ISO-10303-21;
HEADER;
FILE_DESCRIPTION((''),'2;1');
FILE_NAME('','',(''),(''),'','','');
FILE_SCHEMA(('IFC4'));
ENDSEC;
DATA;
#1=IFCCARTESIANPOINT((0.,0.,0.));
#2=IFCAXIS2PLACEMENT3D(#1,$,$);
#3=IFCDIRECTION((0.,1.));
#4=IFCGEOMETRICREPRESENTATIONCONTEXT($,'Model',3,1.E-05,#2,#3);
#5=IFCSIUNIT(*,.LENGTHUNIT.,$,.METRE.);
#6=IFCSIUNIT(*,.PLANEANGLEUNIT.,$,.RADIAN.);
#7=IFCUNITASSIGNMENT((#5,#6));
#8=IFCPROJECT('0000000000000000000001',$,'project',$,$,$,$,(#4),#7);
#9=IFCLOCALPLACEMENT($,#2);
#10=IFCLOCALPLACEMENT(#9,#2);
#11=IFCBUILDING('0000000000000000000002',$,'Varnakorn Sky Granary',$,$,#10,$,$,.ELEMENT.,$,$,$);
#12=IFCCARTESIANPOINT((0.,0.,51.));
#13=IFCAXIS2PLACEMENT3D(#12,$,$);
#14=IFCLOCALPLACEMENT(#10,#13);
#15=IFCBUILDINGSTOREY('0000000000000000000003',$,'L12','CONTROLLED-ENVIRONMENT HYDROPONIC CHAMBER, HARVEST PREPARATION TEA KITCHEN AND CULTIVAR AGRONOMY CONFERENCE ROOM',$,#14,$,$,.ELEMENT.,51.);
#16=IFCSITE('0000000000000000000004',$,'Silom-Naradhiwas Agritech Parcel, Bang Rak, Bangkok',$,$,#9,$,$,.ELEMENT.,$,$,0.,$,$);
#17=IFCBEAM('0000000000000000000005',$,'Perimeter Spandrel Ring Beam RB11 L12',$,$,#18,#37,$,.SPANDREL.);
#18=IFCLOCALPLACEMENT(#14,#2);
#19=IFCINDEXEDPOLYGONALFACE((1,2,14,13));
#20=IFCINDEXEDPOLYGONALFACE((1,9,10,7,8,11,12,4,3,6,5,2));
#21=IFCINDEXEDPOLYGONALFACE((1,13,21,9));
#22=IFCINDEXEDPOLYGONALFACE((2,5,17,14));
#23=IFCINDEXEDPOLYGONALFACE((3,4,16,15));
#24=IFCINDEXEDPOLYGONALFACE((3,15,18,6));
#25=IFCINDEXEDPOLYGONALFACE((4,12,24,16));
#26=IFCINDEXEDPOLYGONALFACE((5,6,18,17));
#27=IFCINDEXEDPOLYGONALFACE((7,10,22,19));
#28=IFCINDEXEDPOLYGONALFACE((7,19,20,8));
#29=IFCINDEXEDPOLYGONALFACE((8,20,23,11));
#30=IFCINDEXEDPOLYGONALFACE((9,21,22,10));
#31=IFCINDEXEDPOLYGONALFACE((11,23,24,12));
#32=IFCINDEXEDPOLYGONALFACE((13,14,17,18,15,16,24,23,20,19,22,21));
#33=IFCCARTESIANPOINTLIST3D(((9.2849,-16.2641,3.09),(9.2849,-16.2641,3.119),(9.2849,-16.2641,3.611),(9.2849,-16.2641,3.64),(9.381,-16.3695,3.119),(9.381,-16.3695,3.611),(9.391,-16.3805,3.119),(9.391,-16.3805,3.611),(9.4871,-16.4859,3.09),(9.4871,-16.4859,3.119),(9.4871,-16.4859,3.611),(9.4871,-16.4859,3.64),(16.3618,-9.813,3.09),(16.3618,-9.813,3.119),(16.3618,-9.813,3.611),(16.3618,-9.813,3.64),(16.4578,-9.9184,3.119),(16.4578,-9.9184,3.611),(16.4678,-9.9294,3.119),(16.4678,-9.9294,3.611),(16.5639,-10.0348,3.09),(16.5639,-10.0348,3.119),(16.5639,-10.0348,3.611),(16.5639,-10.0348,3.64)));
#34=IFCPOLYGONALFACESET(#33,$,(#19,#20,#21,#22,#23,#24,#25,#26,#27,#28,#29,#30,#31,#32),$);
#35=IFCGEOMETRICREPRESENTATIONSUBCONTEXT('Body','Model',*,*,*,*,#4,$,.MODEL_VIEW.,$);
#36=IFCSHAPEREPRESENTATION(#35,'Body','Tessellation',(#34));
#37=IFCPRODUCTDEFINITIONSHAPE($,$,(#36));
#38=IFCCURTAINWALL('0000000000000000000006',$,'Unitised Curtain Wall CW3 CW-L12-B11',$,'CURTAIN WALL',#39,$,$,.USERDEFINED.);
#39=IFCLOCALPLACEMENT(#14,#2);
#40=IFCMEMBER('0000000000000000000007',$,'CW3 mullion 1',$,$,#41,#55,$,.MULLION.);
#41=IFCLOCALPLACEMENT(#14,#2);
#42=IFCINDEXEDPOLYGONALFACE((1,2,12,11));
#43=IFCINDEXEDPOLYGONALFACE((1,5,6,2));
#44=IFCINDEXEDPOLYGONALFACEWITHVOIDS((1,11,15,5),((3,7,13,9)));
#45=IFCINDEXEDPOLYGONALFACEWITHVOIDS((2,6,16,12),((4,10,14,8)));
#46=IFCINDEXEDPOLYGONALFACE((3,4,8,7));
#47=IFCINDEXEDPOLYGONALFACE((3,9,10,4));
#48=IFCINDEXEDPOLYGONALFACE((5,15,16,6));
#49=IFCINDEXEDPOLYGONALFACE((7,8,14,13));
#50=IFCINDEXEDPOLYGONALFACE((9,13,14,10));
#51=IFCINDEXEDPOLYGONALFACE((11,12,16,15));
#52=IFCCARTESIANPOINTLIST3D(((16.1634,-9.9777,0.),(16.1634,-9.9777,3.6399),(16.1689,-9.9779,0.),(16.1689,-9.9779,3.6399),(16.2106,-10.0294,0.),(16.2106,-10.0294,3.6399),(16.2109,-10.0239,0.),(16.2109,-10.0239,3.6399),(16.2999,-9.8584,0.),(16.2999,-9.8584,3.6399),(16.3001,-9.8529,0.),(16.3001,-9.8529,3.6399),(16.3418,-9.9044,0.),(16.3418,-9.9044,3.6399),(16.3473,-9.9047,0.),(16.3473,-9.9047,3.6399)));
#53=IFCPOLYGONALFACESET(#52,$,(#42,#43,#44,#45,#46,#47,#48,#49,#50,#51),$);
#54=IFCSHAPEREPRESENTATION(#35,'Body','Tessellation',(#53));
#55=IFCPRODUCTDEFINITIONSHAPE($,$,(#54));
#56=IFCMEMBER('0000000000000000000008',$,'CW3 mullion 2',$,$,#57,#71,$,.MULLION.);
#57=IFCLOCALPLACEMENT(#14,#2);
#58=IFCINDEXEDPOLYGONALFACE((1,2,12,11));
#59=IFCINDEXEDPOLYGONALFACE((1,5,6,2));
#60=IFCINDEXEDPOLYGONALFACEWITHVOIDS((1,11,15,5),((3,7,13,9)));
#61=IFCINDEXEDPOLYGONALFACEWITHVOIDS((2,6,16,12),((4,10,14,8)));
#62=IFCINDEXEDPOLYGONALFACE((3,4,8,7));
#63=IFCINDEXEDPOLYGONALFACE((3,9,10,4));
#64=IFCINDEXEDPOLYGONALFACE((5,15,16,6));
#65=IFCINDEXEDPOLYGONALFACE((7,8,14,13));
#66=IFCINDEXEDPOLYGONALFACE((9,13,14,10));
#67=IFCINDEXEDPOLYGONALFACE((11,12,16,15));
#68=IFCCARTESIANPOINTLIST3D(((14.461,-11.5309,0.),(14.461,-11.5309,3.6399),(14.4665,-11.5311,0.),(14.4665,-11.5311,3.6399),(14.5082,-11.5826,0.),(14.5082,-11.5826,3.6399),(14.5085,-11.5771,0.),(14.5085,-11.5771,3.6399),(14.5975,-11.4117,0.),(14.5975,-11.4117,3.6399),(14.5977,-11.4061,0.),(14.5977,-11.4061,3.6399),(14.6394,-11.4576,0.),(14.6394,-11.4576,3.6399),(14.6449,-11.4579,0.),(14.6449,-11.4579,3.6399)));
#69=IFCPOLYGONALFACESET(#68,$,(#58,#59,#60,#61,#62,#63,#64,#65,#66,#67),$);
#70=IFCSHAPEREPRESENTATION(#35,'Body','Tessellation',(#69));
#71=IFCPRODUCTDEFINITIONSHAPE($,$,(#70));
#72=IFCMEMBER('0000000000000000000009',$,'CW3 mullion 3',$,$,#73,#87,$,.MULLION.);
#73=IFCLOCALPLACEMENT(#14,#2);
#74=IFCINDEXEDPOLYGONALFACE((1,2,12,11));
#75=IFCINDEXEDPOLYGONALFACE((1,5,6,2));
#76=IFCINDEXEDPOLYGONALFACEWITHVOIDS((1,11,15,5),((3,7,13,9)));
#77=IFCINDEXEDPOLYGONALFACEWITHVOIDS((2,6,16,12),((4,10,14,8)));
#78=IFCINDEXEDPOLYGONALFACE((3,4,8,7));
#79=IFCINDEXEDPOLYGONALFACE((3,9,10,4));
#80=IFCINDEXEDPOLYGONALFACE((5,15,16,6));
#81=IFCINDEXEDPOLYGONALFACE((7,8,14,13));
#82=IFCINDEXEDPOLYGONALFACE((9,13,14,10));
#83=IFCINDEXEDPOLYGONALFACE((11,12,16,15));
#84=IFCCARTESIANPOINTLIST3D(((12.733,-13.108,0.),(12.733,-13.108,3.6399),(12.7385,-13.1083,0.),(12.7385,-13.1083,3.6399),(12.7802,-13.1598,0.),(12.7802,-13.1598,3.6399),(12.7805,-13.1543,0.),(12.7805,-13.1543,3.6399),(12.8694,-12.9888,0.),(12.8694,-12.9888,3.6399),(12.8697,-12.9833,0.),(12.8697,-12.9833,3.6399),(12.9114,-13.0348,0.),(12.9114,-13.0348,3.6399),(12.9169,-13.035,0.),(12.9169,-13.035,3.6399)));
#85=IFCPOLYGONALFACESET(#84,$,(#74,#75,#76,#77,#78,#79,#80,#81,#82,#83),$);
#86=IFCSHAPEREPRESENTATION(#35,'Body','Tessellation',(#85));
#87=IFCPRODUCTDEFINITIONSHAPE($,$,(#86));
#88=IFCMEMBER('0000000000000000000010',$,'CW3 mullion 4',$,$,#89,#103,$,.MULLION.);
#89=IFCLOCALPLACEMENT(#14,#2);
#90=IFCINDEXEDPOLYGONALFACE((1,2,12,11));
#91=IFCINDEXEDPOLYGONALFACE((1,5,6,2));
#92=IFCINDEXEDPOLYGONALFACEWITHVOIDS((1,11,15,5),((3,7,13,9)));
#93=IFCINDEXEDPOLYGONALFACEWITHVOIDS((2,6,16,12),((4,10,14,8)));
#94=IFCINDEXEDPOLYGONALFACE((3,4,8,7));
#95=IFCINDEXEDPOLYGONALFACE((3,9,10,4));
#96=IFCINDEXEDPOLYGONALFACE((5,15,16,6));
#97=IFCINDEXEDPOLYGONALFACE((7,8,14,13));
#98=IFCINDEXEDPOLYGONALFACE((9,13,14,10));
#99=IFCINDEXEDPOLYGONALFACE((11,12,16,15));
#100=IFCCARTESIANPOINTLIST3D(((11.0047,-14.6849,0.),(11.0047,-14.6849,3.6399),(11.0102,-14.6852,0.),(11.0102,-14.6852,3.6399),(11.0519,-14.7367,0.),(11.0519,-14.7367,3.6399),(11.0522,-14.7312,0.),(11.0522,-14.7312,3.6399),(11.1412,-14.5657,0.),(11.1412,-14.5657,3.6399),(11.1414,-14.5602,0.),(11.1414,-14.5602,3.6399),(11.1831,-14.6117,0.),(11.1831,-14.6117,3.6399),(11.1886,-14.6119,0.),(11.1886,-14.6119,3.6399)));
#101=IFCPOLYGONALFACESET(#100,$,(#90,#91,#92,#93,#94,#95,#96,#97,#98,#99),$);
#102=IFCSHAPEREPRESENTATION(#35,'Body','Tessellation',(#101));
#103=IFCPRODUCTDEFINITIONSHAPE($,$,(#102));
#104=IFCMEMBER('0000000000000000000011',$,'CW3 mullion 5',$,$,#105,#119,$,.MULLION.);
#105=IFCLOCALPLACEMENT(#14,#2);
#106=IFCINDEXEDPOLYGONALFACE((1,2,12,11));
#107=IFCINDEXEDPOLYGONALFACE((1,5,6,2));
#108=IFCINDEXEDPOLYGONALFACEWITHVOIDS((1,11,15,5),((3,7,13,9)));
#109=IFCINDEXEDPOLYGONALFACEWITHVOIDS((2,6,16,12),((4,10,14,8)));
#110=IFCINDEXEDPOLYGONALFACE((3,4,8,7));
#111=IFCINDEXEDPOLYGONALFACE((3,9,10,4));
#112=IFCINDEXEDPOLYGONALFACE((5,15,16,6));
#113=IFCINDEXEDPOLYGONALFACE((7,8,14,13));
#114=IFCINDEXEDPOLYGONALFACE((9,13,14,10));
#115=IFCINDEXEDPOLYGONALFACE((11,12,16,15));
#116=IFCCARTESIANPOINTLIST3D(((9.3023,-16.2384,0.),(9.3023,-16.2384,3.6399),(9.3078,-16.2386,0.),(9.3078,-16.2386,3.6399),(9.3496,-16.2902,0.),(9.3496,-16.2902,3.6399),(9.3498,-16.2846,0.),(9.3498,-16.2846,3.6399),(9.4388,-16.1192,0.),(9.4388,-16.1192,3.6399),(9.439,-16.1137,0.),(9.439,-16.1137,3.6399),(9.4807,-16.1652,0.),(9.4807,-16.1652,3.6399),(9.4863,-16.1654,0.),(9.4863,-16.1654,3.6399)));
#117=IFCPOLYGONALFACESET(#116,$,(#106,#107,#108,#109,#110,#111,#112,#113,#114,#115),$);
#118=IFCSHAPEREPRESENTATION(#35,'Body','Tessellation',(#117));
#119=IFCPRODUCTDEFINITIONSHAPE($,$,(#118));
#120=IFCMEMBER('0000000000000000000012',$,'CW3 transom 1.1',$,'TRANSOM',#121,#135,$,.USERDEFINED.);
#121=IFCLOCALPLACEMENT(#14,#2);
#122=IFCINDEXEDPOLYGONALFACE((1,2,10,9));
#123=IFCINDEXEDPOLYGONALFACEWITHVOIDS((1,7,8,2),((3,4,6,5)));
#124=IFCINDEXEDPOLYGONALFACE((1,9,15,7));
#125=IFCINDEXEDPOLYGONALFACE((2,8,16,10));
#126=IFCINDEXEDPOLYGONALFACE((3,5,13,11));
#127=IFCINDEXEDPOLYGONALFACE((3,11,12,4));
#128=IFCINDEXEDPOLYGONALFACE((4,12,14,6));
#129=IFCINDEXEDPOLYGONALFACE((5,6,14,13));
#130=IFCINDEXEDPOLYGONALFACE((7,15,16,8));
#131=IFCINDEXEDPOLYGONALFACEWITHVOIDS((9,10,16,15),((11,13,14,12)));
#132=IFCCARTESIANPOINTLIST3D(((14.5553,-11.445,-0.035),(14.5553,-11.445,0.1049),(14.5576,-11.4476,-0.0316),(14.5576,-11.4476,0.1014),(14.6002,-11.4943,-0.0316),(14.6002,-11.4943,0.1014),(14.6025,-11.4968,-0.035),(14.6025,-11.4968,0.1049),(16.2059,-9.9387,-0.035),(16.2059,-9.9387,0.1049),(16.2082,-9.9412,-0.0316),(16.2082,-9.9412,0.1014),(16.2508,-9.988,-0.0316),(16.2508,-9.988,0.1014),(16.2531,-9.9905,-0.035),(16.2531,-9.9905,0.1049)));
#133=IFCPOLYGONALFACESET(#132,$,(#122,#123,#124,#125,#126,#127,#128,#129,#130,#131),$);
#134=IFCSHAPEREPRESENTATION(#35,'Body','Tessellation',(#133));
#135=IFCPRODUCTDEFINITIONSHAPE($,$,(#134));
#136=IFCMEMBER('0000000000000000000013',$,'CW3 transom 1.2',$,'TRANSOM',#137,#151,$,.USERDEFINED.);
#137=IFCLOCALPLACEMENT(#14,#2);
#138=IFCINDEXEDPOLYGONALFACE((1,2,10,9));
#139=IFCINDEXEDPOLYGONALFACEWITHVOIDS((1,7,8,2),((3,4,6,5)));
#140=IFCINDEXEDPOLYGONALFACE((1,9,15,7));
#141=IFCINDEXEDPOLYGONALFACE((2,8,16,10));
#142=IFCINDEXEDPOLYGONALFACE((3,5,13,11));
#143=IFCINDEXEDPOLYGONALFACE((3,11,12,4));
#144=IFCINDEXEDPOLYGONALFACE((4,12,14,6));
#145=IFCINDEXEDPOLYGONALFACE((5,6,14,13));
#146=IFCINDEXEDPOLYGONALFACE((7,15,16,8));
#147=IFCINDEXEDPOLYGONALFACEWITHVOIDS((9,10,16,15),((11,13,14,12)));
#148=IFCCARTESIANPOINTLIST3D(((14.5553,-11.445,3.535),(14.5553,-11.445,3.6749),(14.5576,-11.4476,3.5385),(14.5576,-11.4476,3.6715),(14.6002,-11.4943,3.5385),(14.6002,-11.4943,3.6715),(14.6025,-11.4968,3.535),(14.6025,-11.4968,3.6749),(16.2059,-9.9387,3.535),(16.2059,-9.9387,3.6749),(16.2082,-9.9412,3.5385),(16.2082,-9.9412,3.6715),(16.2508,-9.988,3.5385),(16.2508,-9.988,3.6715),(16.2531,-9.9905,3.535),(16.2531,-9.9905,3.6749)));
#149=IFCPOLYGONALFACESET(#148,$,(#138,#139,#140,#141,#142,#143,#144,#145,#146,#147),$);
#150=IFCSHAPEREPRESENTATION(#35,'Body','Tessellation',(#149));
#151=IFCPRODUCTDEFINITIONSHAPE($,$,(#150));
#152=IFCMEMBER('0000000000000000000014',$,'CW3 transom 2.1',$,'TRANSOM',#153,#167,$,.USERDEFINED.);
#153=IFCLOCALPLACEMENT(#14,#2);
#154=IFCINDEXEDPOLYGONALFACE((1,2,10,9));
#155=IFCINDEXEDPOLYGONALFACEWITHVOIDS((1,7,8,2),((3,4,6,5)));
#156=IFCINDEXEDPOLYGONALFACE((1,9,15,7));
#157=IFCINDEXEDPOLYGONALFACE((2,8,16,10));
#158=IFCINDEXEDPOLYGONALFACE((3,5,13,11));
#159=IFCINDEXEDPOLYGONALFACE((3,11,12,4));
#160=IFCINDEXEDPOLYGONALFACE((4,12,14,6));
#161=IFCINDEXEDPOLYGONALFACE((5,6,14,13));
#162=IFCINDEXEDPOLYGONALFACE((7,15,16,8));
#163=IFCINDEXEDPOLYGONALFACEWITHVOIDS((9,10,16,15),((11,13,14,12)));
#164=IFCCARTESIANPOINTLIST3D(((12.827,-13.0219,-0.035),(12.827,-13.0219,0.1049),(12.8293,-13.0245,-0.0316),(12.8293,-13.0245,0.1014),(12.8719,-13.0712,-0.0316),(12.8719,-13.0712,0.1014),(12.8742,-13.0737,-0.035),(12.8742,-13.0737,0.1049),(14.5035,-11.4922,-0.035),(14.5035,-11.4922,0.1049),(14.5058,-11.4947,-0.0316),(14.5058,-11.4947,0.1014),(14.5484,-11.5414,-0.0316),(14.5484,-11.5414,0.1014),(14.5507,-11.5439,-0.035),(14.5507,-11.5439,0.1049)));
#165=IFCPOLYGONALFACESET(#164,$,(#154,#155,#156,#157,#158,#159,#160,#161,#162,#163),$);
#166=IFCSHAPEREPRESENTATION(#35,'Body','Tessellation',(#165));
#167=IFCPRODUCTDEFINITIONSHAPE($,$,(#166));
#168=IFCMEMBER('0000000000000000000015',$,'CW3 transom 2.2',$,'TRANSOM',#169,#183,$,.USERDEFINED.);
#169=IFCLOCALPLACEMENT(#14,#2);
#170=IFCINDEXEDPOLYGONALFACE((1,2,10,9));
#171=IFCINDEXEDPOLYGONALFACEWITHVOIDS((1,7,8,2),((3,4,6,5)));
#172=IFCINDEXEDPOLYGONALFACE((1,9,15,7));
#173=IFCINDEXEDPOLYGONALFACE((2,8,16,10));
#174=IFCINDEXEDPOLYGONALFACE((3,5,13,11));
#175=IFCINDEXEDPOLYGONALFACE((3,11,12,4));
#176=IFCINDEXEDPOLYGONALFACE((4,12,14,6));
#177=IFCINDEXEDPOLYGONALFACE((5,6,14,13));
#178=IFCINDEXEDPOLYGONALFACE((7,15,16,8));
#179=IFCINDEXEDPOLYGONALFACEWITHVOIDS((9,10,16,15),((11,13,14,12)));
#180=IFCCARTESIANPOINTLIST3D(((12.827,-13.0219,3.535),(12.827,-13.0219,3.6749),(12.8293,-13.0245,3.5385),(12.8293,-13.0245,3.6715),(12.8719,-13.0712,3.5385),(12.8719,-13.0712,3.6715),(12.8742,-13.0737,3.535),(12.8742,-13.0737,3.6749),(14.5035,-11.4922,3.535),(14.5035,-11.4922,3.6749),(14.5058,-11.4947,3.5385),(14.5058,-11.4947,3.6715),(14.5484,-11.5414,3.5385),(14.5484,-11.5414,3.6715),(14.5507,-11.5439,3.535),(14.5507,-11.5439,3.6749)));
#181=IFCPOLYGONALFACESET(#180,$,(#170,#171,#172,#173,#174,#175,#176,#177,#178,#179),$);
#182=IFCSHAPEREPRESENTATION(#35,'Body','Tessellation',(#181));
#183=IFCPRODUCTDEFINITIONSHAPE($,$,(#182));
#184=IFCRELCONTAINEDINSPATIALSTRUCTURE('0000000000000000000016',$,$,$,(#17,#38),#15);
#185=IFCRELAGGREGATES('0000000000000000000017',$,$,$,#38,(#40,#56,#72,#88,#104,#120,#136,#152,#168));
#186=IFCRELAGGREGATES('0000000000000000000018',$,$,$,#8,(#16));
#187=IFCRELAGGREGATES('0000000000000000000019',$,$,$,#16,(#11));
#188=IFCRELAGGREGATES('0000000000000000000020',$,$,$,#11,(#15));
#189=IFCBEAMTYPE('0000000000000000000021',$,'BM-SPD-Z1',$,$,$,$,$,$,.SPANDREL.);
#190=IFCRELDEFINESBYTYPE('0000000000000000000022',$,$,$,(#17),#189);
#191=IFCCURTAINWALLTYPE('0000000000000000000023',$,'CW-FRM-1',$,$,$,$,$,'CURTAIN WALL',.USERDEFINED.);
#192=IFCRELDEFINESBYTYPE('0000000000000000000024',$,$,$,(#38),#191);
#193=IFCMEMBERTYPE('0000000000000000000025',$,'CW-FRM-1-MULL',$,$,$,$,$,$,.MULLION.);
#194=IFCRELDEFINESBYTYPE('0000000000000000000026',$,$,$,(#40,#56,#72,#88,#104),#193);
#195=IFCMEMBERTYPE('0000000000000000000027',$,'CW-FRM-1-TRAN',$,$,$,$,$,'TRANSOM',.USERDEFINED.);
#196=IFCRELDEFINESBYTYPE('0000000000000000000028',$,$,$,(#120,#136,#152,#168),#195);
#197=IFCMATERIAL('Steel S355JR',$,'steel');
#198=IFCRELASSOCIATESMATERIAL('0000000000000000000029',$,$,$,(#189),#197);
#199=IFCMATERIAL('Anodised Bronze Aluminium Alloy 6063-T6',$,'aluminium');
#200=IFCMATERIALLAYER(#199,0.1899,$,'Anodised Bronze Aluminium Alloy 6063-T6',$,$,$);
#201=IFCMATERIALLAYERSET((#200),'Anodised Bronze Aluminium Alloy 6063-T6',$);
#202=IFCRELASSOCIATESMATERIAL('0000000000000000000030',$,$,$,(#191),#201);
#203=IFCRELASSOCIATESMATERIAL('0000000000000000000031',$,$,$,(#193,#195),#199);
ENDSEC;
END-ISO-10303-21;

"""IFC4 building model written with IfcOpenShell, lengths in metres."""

from ifc_helpers import new_model, si_unit, direction, frame, origin, origin_2d, place, context, subcontext, project, spatial, hollow_rectangle, i_section, extrude, material, layer, layer_set, material_profile, profile_set, type_object, element, aggregate, save


model = new_model("IFC4")

# Units and contexts
model_context = context("Model", 3, precision=1e-05, world=origin(), true_north=direction((0.0, 1.0)))
body_context = subcontext(model_context, "Body", "Model", "MODEL_VIEW")
ifc_project = project(units=[si_unit("LENGTHUNIT", "METRE"), si_unit("PLANEANGLEUNIT", "RADIAN")], contexts=[model_context])

# Site, building, storey
site_placement = place(None, origin())
site = spatial("IfcSite", under=ifc_project, at=site_placement, Name="Silom-Naradhiwas Agritech Parcel, Bang Rak, Bangkok", CompositionType="ELEMENT", RefElevation=0.0)
building_placement = place(site_placement, origin())
building = spatial("IfcBuilding", under=site, at=building_placement, Name="Varnakorn Sky Granary", CompositionType="ELEMENT")
storey_placement = place(building_placement, frame((0.0, 0.0, 51.0)))
storey = spatial("IfcBuildingStorey", under=building, at=storey_placement, Name="L12", Description="CONTROLLED-ENVIRONMENT HYDROPONIC CHAMBER, HARVEST PREPARATION TEA KITCHEN AND CULTIVAR AGRONOMY CONFERENCE ROOM", CompositionType="ELEMENT", Elevation=51.0)

# Beam
ifc_material_1 = material(Name="Steel S355JR", Category="steel")
ifc_material_profile_1 = material_profile(ifc_material_1, i_section(OverallWidth=0.3, OverallDepth=0.55, WebThickness=0.0149, FlangeThickness=0.0291, at=origin_2d()), Name="HE 550 B")
ifc_profile_set_1 = profile_set([ifc_material_profile_1], Name="Steel S355JR")
beam_type = type_object("IfcBeamType", Name="BM-SPD-Z1", PredefinedType="SPANDREL", material=ifc_profile_set_1)
beam_placement = place(storey_placement, frame((9.386, -16.375, 3.365), z_axis=(0.739023, 0.67368, 0.0), x_axis=(-0.67368, 0.739023, 0.0)))
element("IfcBeam", 1, at=beam_placement, inside=storey, type_object=beam_type, Name="Perimeter Spandrel Ring Beam RB11 L12", PredefinedType="SPANDREL", context=body_context, shape_type="SweptSolid", body=[
    extrude(i_section(OverallWidth=0.3, OverallDepth=0.55, WebThickness=0.0149, FlangeThickness=0.0291, at=origin_2d()), origin(), (0.0, 0.0, 1.0), 9.5759),
])

# Curtain wall, members
ifc_material_2 = material(Name="Anodised Bronze Aluminium Alloy 6063-T6", Category="aluminium")
ifc_layer_1 = layer(ifc_material_2, 0.1899, Name="Anodised Bronze Aluminium Alloy 6063-T6")
ifc_layer_set_1 = layer_set([ifc_layer_1], Name="Anodised Bronze Aluminium Alloy 6063-T6")
curtain_wall_type = type_object("IfcCurtainWallType", Name="CW-FRM-1", ElementType="CURTAIN WALL", PredefinedType="USERDEFINED", material=ifc_layer_set_1)
curtain_wall_placement = place(storey_placement, origin())
curtain_wall = element("IfcCurtainWall", 2, at=curtain_wall_placement, inside=storey, type_object=curtain_wall_type, Name="Unitised Curtain Wall CW3 CW-L12-B11", ObjectType="CURTAIN WALL", PredefinedType="USERDEFINED")
ifc_material_profile_2 = material_profile(ifc_material_2, hollow_rectangle(XDim=0.0701, YDim=0.1851, WallThickness=0.0039, at=origin_2d()), Name="ALU MULL 70x185")
ifc_profile_set_2 = profile_set([ifc_material_profile_2], Name="Anodised Bronze Aluminium Alloy 6063-T6")
member_type_1 = type_object("IfcMemberType", Name="CW-FRM-1-MULL", PredefinedType="MULLION", material=ifc_profile_set_2)
member_1_placement = place(storey_placement, frame((16.2554, -9.9412, 0.0), z_axis=(0.0, 0.0, 1.0), x_axis=(0.674049, -0.738686, 0.0)))
member_1 = element("IfcMember", 3, at=member_1_placement, type_object=member_type_1, Name="CW3 mullion 1", PredefinedType="MULLION", context=body_context, shape_type="SweptSolid", body=[
    extrude(hollow_rectangle(XDim=0.0701, YDim=0.1851, WallThickness=0.0039, at=origin_2d()), origin(), (0.0, 0.0, 1.0), 3.6399),
])
member_2_placement = place(storey_placement, frame((14.553, -11.4944, 0.0), z_axis=(0.0, 0.0, 1.0), x_axis=(0.674049, -0.738686, 0.0)))
member_2 = element("IfcMember", 4, at=member_2_placement, type_object=member_type_1, Name="CW3 mullion 2", PredefinedType="MULLION", context=body_context, shape_type="SweptSolid", body=[
    extrude(hollow_rectangle(XDim=0.0701, YDim=0.1851, WallThickness=0.0039, at=origin_2d()), origin(), (0.0, 0.0, 1.0), 3.6399),
])
member_3_placement = place(storey_placement, frame((12.825, -13.0715, 0.0), z_axis=(0.0, 0.0, 1.0), x_axis=(0.674049, -0.738686, 0.0)))
member_3 = element("IfcMember", 5, at=member_3_placement, type_object=member_type_1, Name="CW3 mullion 3", PredefinedType="MULLION", context=body_context, shape_type="SweptSolid", body=[
    extrude(hollow_rectangle(XDim=0.0701, YDim=0.1851, WallThickness=0.0039, at=origin_2d()), origin(), (0.0, 0.0, 1.0), 3.6399),
])
member_4_placement = place(storey_placement, frame((11.0967, -14.6484, 0.0), z_axis=(0.0, 0.0, 1.0), x_axis=(0.674049, -0.738686, 0.0)))
member_4 = element("IfcMember", 6, at=member_4_placement, type_object=member_type_1, Name="CW3 mullion 4", PredefinedType="MULLION", context=body_context, shape_type="SweptSolid", body=[
    extrude(hollow_rectangle(XDim=0.0701, YDim=0.1851, WallThickness=0.0039, at=origin_2d()), origin(), (0.0, 0.0, 1.0), 3.6399),
])
member_5_placement = place(storey_placement, frame((9.3943, -16.2019, 0.0), z_axis=(0.0, 0.0, 1.0), x_axis=(0.674049, -0.738686, 0.0)))
member_5 = element("IfcMember", 7, at=member_5_placement, type_object=member_type_1, Name="CW3 mullion 5", PredefinedType="MULLION", context=body_context, shape_type="SweptSolid", body=[
    extrude(hollow_rectangle(XDim=0.0701, YDim=0.1851, WallThickness=0.0039, at=origin_2d()), origin(), (0.0, 0.0, 1.0), 3.6399),
])
ifc_material_profile_3 = material_profile(ifc_material_2, hollow_rectangle(XDim=0.0701, YDim=0.1399, WallThickness=0.0034, at=origin_2d()), Name="ALU TRAN 70x140")
ifc_profile_set_3 = profile_set([ifc_material_profile_3], Name="Anodised Bronze Aluminium Alloy 6063-T6")
member_type_2 = type_object("IfcMemberType", Name="CW-FRM-1-TRAN", ElementType="TRANSOM", PredefinedType="USERDEFINED", material=ifc_profile_set_3)
member_6_placement = place(storey_placement, frame((16.2295, -9.9646, 0.0349), z_axis=(-0.738653, -0.674085, 0.0), x_axis=(0.674085, -0.738653, 0.0)))
member_6 = element("IfcMember", 8, at=member_6_placement, type_object=member_type_2, Name="CW3 transom 1.1", ObjectType="TRANSOM", PredefinedType="USERDEFINED", context=body_context, shape_type="SweptSolid", body=[
    extrude(hollow_rectangle(XDim=0.0701, YDim=0.1399, WallThickness=0.0034, at=origin_2d()), origin(), (0.0, 0.0, 1.0), 2.2346),
])
member_7_placement = place(storey_placement, frame((16.2295, -9.9646, 3.605), z_axis=(-0.738653, -0.674085, 0.0), x_axis=(0.674085, -0.738653, 0.0)))
member_7 = element("IfcMember", 9, at=member_7_placement, type_object=member_type_2, Name="CW3 transom 1.2", ObjectType="TRANSOM", PredefinedType="USERDEFINED", context=body_context, shape_type="SweptSolid", body=[
    extrude(hollow_rectangle(XDim=0.0701, YDim=0.1399, WallThickness=0.0034, at=origin_2d()), origin(), (0.0, 0.0, 1.0), 2.2346),
])
member_8_placement = place(storey_placement, frame((14.5271, -11.5181, 0.0349), z_axis=(-0.738693, -0.674042, 0.0), x_axis=(0.674042, -0.738693, 0.0)))
member_8 = element("IfcMember", 10, at=member_8_placement, type_object=member_type_2, Name="CW3 transom 2.1", ObjectType="TRANSOM", PredefinedType="USERDEFINED", context=body_context, shape_type="SweptSolid", body=[
    extrude(hollow_rectangle(XDim=0.0701, YDim=0.1399, WallThickness=0.0034, at=origin_2d()), origin(), (0.0, 0.0, 1.0), 2.2695),
])
member_9_placement = place(storey_placement, frame((14.5271, -11.5181, 3.605), z_axis=(-0.738693, -0.674042, 0.0), x_axis=(0.674042, -0.738693, 0.0)))
member_9 = element("IfcMember", 11, at=member_9_placement, type_object=member_type_2, Name="CW3 transom 2.2", ObjectType="TRANSOM", PredefinedType="USERDEFINED", context=body_context, shape_type="SweptSolid", body=[
    extrude(hollow_rectangle(XDim=0.0701, YDim=0.1399, WallThickness=0.0034, at=origin_2d()), origin(), (0.0, 0.0, 1.0), 2.2695),
])

aggregate(curtain_wall, [member_1, member_2, member_3, member_4, member_5, member_6, member_7, member_8, member_9])

save(model, "model.ifc")
